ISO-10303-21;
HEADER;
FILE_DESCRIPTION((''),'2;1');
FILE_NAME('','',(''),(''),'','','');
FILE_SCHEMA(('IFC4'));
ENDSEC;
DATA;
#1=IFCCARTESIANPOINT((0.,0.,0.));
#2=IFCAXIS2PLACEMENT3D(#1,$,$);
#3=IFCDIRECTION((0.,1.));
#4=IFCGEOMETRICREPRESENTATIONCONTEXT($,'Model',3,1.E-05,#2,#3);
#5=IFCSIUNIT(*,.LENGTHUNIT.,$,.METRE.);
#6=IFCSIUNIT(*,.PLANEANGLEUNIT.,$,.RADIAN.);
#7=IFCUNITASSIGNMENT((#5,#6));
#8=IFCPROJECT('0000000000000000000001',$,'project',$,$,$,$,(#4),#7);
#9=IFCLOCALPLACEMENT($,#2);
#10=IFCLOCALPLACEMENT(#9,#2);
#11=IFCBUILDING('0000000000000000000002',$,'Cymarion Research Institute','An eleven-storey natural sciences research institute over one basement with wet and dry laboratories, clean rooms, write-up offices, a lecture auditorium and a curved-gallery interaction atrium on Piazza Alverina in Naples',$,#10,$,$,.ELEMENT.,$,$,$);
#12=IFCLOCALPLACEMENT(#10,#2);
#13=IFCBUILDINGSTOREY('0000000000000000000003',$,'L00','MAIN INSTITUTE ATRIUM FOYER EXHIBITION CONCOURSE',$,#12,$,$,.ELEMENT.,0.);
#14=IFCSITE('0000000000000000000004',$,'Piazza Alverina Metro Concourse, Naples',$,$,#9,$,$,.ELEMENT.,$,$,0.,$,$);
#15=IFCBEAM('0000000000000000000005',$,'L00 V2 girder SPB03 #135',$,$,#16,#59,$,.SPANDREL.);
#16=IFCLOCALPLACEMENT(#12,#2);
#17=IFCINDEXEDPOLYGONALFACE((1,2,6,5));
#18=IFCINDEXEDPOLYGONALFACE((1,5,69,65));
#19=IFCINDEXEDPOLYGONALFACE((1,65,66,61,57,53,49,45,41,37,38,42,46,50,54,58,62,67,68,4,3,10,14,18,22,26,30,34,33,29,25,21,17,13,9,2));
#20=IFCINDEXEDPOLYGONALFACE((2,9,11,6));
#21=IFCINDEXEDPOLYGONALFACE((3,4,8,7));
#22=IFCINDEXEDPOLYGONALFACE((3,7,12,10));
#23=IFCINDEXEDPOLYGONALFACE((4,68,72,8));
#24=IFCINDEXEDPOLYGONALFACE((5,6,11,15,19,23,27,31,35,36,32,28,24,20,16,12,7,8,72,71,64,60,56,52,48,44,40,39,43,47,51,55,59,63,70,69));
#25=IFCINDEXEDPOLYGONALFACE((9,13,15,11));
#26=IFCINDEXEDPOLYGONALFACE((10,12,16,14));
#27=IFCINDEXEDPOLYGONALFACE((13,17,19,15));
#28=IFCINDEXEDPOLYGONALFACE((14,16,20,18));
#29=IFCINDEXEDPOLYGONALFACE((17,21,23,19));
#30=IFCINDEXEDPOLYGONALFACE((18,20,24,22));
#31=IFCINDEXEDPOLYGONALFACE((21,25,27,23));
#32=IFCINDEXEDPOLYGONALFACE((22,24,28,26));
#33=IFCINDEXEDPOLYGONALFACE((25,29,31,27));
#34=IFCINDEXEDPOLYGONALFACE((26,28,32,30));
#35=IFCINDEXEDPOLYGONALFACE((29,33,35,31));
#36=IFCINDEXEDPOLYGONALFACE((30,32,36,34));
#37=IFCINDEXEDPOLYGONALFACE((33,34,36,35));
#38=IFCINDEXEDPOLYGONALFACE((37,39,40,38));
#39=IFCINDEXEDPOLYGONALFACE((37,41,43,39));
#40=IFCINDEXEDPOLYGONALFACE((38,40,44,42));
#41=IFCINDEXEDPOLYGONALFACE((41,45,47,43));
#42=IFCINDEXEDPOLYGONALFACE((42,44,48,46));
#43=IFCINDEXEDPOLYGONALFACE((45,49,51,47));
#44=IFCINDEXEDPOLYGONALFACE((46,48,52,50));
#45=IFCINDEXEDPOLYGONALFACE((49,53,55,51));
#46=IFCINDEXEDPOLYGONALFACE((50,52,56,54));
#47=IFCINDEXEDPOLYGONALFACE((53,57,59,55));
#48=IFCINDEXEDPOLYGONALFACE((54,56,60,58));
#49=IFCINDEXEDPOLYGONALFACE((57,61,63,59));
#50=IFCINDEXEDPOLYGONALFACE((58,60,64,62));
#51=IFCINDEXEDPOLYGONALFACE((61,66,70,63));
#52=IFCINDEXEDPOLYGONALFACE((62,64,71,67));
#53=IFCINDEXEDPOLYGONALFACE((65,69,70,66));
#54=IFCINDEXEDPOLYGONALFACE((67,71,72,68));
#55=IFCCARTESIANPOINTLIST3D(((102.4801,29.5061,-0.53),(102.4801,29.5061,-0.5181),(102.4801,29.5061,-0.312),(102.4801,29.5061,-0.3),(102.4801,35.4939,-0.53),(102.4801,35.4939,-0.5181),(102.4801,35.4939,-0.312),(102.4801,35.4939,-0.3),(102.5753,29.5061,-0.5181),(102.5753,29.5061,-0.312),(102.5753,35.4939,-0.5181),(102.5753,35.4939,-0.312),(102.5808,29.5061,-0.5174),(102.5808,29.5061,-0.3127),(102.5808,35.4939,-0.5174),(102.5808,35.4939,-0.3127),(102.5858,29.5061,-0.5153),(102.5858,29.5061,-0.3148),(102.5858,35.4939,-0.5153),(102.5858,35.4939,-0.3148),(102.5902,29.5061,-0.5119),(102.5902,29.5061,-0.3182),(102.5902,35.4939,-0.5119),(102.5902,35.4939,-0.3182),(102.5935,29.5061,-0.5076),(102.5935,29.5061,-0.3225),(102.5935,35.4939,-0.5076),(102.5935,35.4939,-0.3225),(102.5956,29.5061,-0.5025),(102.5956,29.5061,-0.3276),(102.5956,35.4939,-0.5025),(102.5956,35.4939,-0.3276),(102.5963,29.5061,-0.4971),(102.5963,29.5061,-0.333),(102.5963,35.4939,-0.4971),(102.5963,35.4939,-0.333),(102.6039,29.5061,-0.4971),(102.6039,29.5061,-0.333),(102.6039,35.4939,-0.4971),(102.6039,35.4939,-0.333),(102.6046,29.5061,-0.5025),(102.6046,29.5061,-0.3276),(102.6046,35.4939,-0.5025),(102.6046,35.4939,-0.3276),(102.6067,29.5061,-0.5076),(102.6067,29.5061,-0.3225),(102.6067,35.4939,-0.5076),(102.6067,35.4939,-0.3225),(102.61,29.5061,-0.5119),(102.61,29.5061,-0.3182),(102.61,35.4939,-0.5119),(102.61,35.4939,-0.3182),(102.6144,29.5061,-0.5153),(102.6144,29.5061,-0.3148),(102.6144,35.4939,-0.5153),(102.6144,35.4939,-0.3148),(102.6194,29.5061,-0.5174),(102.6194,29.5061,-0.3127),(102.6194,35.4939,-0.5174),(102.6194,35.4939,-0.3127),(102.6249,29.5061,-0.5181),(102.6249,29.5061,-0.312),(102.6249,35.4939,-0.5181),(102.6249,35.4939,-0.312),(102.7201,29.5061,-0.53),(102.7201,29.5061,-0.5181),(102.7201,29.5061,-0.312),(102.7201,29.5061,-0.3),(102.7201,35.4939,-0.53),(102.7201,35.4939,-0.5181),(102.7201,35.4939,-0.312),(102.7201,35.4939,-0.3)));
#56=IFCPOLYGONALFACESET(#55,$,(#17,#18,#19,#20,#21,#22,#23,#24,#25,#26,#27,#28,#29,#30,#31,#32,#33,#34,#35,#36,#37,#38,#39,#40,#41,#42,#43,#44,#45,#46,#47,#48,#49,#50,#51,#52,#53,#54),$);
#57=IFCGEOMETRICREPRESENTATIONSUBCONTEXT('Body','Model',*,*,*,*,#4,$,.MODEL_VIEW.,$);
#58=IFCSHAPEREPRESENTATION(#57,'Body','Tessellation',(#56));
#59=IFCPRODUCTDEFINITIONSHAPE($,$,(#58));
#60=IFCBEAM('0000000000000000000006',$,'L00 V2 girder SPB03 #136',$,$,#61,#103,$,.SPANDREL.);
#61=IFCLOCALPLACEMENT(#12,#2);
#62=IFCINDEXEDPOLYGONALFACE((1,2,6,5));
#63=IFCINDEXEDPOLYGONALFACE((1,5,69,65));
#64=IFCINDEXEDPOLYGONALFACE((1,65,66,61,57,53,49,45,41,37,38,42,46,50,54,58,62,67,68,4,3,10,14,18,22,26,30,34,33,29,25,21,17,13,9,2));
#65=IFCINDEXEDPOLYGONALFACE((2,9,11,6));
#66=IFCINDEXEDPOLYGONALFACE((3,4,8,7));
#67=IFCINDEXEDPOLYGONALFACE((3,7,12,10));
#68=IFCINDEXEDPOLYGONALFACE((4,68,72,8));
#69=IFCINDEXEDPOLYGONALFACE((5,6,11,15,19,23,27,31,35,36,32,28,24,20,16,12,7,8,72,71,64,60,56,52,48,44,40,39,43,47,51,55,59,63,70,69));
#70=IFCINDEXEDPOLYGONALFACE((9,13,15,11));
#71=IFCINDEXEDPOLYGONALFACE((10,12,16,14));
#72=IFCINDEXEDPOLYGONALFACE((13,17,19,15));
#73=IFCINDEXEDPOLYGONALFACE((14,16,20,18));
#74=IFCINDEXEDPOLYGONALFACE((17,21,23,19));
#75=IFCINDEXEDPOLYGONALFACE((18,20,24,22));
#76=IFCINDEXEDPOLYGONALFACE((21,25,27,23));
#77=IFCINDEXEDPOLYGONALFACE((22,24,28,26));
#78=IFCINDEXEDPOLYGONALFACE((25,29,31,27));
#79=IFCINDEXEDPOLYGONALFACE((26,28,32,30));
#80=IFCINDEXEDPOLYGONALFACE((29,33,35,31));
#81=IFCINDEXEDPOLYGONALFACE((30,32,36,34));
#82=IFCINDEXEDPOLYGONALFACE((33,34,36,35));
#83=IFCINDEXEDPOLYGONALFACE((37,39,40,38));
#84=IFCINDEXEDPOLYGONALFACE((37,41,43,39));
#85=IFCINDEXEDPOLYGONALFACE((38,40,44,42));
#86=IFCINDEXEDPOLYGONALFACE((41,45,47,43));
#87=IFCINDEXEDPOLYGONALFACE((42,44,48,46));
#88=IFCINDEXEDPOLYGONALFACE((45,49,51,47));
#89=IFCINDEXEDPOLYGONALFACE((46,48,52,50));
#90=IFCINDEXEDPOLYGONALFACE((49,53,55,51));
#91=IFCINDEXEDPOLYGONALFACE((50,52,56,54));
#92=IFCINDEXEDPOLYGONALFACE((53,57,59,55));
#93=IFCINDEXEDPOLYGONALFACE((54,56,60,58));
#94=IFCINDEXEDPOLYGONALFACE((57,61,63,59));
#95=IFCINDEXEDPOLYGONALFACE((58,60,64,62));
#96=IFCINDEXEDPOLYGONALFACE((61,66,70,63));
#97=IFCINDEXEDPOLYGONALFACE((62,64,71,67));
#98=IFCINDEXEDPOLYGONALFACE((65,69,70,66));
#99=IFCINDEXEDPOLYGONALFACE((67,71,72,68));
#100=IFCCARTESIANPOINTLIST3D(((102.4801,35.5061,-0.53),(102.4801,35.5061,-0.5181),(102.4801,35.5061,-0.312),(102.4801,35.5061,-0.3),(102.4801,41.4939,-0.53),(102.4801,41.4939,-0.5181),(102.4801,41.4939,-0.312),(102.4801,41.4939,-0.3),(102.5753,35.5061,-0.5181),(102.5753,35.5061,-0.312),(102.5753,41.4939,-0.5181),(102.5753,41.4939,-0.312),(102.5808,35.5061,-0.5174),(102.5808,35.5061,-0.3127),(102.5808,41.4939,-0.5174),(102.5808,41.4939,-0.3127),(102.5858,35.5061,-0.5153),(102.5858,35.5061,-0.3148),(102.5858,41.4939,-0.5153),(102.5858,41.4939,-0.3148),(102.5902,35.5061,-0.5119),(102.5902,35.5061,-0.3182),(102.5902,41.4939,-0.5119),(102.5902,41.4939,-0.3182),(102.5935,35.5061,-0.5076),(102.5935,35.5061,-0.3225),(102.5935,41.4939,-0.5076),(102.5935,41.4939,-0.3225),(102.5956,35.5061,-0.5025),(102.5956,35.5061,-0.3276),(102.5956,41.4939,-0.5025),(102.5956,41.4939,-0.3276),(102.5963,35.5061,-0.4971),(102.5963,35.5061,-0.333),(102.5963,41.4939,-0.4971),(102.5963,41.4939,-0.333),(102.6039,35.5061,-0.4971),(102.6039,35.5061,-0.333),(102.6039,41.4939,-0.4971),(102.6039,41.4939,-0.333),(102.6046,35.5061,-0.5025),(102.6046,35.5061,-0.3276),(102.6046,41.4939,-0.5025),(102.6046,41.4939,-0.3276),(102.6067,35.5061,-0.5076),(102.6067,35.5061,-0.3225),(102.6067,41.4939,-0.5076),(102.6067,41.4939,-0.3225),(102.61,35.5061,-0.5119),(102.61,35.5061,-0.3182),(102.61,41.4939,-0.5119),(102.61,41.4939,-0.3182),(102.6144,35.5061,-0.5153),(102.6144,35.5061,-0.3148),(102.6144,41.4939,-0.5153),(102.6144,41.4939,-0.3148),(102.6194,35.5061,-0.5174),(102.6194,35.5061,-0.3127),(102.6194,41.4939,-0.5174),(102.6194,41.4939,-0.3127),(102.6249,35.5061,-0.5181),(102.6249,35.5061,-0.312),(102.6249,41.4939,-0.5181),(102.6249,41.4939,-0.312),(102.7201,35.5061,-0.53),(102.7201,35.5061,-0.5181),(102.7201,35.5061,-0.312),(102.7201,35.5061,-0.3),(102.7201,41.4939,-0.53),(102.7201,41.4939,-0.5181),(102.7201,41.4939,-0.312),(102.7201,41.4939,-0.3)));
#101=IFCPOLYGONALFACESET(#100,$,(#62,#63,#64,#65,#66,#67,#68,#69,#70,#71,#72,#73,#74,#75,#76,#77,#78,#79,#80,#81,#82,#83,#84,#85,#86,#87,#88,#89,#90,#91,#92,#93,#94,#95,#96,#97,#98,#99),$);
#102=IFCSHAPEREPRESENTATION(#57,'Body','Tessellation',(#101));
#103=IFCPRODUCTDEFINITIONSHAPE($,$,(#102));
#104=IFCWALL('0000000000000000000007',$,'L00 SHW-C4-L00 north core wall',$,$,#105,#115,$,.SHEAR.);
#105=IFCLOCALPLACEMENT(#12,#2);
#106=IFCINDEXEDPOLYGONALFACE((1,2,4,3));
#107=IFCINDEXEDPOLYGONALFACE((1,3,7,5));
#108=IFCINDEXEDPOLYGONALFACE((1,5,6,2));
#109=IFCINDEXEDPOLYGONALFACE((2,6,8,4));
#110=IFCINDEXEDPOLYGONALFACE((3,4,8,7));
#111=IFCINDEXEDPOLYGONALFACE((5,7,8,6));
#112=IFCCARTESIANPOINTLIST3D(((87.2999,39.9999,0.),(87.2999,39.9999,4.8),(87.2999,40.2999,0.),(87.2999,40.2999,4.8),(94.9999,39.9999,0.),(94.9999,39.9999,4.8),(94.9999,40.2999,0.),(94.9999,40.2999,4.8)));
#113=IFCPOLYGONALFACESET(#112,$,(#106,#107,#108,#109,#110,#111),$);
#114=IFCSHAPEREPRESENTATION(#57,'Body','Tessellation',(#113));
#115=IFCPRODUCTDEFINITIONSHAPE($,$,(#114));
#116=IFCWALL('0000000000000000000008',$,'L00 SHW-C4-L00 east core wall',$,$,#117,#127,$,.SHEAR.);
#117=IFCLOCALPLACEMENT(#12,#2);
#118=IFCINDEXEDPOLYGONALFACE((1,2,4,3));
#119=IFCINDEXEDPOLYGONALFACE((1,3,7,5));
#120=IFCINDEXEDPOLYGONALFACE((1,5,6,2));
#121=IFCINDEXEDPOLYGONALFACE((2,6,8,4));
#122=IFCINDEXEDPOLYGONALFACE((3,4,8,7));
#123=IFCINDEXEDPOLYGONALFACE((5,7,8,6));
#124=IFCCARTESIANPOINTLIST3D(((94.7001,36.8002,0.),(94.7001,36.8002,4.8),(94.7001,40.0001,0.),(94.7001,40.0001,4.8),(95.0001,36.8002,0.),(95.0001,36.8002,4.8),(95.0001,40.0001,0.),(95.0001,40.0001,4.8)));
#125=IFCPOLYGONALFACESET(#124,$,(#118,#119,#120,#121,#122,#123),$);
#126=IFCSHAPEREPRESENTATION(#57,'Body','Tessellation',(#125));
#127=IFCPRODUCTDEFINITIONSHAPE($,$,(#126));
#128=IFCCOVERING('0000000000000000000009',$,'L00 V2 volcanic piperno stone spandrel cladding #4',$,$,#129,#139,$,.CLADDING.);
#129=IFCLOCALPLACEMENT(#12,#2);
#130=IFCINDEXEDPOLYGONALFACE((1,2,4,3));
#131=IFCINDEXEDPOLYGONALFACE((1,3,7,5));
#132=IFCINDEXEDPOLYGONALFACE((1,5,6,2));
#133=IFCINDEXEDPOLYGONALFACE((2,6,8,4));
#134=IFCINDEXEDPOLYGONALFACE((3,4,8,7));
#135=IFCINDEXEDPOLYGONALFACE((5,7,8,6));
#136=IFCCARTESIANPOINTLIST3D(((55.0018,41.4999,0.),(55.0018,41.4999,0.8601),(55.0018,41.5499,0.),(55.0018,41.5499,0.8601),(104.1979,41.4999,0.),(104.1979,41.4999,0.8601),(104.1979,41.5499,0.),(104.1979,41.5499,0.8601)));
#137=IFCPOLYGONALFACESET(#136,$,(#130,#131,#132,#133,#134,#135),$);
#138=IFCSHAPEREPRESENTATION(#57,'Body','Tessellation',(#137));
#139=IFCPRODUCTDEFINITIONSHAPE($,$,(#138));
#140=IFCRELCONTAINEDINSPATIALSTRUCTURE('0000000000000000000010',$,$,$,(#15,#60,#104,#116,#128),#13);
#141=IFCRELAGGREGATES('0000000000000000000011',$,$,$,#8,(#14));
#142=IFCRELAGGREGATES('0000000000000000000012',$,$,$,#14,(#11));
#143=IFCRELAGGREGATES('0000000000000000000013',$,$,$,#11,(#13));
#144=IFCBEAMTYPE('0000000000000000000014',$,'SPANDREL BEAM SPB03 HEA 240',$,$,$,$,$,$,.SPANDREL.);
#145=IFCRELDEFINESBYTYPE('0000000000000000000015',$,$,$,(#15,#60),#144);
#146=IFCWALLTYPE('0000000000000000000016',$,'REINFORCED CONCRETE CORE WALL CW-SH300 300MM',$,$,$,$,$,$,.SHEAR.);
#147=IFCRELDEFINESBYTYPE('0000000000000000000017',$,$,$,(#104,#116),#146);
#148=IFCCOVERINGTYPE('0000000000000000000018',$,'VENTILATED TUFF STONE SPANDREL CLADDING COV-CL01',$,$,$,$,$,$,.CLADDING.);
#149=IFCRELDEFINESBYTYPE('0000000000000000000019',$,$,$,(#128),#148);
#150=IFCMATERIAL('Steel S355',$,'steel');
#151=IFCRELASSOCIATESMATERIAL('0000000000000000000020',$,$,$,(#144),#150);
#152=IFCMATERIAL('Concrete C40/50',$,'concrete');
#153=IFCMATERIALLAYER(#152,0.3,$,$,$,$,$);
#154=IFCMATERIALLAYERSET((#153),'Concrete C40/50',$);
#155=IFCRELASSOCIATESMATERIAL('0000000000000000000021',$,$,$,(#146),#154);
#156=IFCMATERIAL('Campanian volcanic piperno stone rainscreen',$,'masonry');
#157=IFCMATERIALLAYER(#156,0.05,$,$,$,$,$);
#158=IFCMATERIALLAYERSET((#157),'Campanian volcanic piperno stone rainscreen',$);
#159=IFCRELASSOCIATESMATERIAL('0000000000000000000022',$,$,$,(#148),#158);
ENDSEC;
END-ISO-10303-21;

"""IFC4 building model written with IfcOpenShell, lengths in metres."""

from ifc_helpers import new_model, si_unit, direction, frame, frame_2d, origin, origin_2d, place, context, subcontext, project, spatial, rectangle, i_section, extrude, material, layer, layer_set, material_profile, profile_set, type_object, element, save


model = new_model("IFC4")

# Units and contexts
model_context = context("Model", 3, precision=1e-05, world=origin(), true_north=direction((0.0, 1.0)))
body_context = subcontext(model_context, "Body", "Model", "MODEL_VIEW")
ifc_project = project(units=[si_unit("LENGTHUNIT", "METRE"), si_unit("PLANEANGLEUNIT", "RADIAN")], contexts=[model_context])

# Site, building, storey
site_placement = place(None, origin())
site = spatial("IfcSite", under=ifc_project, at=site_placement, Name="Piazza Alverina Metro Concourse, Naples", CompositionType="ELEMENT", RefElevation=0.0)
building_placement = place(site_placement, origin())
building = spatial("IfcBuilding", under=site, at=building_placement, Name="Cymarion Research Institute", Description="An eleven-storey natural sciences research institute over one basement with wet and dry laboratories, clean rooms, write-up offices, a lecture auditorium and a curved-gallery interaction atrium on Piazza Alverina in Naples", CompositionType="ELEMENT")
storey_placement = place(building_placement, origin())
storey = spatial("IfcBuildingStorey", under=building, at=storey_placement, Name="L00", Description="MAIN INSTITUTE ATRIUM FOYER EXHIBITION CONCOURSE", CompositionType="ELEMENT", Elevation=0.0)

# Shared definitions
ifc_material_1 = material(Name="Steel S355", Category="steel")

# Beams
ifc_material_profile_1 = material_profile(ifc_material_1, i_section(OverallWidth=0.24, OverallDepth=0.23, WebThickness=0.0076, FlangeThickness=0.012, FilletRadius=0.021, at=origin_2d()), Name="HEA 240")
ifc_profile_set_1 = profile_set([ifc_material_profile_1], Name="Steel S355")
beam_type_1 = type_object("IfcBeamType", Name="SPANDREL BEAM SPB03 HEA 240", PredefinedType="SPANDREL", material=ifc_profile_set_1)
for number, where, z_axis, x_axis, name in (
    (1, (102.6001, 29.5061, -0.415), (0.0, 1.0, 0.0), (-1.0, 0.0, 0.0), "L00 V2 girder SPB03 #135"),
    (2, (102.6001, 35.5061, -0.415), (0.0, 1.0, 0.0), (-1.0, 0.0, 0.0), "L00 V2 girder SPB03 #136"),
):
    element("IfcBeam", number, at=place(storey_placement, frame(where, z_axis=z_axis, x_axis=x_axis)), inside=storey, type_object=beam_type_1, Name=name, PredefinedType="SPANDREL", context=body_context, shape_type="SweptSolid", body=[
        extrude(i_section(OverallWidth=0.24, OverallDepth=0.23, WebThickness=0.0076, FlangeThickness=0.012, FilletRadius=0.021, at=origin_2d()), origin(), (0.0, 0.0, 1.0), 5.9878),
    ])

# Shared definitions
ifc_material_2 = material(Name="Concrete C40/50", Category="concrete")

# Walls
ifc_layer_1 = layer(ifc_material_2, 0.3)
ifc_layer_set_1 = layer_set([ifc_layer_1], Name="Concrete C40/50")
wall_type_1 = type_object("IfcWallType", Name="REINFORCED CONCRETE CORE WALL CW-SH300 300MM", PredefinedType="SHEAR", material=ifc_layer_set_1)
wall_1_placement = place(storey_placement, frame((95.0, 40.1499, 0.0), z_axis=(0.0, 0.0, 1.0), x_axis=(-1.0, 0.0, 0.0)))
element("IfcWall", 3, at=wall_1_placement, inside=storey, type_object=wall_type_1, Name="L00 SHW-C4-L00 north core wall", PredefinedType="SHEAR", context=body_context, shape_type="SweptSolid", body=[
    extrude(rectangle(XDim=7.7, YDim=0.3, at=frame_2d((3.8501, 0.0))), origin(), (0.0, 0.0, 1.0), 4.8),
])
wall_2_placement = place(storey_placement, frame((94.8501, 36.8, 0.0), z_axis=(0.0, 0.0, 1.0), x_axis=(0.0, 1.0, 0.0)))
element("IfcWall", 4, at=wall_2_placement, inside=storey, type_object=wall_type_1, Name="L00 SHW-C4-L00 east core wall", PredefinedType="SHEAR", context=body_context, shape_type="SweptSolid", body=[
    extrude(rectangle(XDim=3.2, YDim=0.3, at=frame_2d((1.6001, 0.0))), origin(), (0.0, 0.0, 1.0), 4.8),
])

# Covering
ifc_material_3 = material(Name="Campanian volcanic piperno stone rainscreen", Category="masonry")
ifc_layer_2 = layer(ifc_material_3, 0.05)
ifc_layer_set_2 = layer_set([ifc_layer_2], Name="Campanian volcanic piperno stone rainscreen")
covering_type = type_object("IfcCoveringType", Name="VENTILATED TUFF STONE SPANDREL CLADDING COV-CL01", PredefinedType="CLADDING", material=ifc_layer_set_2)
covering_placement = place(storey_placement, frame((104.198, 41.5249, 0.0), z_axis=(0.0, 0.0, 1.0), x_axis=(-1.0, 0.0, 0.0)))
element("IfcCovering", 5, at=covering_placement, inside=storey, type_object=covering_type, Name="L00 V2 volcanic piperno stone spandrel cladding #4", PredefinedType="CLADDING", context=body_context, shape_type="SweptSolid", body=[
    extrude(rectangle(XDim=49.196, YDim=0.05, at=frame_2d((24.5981, 0.0))), origin(), (0.0, 0.0, 1.0), 0.8601),
])

save(model, "model.ifc")
